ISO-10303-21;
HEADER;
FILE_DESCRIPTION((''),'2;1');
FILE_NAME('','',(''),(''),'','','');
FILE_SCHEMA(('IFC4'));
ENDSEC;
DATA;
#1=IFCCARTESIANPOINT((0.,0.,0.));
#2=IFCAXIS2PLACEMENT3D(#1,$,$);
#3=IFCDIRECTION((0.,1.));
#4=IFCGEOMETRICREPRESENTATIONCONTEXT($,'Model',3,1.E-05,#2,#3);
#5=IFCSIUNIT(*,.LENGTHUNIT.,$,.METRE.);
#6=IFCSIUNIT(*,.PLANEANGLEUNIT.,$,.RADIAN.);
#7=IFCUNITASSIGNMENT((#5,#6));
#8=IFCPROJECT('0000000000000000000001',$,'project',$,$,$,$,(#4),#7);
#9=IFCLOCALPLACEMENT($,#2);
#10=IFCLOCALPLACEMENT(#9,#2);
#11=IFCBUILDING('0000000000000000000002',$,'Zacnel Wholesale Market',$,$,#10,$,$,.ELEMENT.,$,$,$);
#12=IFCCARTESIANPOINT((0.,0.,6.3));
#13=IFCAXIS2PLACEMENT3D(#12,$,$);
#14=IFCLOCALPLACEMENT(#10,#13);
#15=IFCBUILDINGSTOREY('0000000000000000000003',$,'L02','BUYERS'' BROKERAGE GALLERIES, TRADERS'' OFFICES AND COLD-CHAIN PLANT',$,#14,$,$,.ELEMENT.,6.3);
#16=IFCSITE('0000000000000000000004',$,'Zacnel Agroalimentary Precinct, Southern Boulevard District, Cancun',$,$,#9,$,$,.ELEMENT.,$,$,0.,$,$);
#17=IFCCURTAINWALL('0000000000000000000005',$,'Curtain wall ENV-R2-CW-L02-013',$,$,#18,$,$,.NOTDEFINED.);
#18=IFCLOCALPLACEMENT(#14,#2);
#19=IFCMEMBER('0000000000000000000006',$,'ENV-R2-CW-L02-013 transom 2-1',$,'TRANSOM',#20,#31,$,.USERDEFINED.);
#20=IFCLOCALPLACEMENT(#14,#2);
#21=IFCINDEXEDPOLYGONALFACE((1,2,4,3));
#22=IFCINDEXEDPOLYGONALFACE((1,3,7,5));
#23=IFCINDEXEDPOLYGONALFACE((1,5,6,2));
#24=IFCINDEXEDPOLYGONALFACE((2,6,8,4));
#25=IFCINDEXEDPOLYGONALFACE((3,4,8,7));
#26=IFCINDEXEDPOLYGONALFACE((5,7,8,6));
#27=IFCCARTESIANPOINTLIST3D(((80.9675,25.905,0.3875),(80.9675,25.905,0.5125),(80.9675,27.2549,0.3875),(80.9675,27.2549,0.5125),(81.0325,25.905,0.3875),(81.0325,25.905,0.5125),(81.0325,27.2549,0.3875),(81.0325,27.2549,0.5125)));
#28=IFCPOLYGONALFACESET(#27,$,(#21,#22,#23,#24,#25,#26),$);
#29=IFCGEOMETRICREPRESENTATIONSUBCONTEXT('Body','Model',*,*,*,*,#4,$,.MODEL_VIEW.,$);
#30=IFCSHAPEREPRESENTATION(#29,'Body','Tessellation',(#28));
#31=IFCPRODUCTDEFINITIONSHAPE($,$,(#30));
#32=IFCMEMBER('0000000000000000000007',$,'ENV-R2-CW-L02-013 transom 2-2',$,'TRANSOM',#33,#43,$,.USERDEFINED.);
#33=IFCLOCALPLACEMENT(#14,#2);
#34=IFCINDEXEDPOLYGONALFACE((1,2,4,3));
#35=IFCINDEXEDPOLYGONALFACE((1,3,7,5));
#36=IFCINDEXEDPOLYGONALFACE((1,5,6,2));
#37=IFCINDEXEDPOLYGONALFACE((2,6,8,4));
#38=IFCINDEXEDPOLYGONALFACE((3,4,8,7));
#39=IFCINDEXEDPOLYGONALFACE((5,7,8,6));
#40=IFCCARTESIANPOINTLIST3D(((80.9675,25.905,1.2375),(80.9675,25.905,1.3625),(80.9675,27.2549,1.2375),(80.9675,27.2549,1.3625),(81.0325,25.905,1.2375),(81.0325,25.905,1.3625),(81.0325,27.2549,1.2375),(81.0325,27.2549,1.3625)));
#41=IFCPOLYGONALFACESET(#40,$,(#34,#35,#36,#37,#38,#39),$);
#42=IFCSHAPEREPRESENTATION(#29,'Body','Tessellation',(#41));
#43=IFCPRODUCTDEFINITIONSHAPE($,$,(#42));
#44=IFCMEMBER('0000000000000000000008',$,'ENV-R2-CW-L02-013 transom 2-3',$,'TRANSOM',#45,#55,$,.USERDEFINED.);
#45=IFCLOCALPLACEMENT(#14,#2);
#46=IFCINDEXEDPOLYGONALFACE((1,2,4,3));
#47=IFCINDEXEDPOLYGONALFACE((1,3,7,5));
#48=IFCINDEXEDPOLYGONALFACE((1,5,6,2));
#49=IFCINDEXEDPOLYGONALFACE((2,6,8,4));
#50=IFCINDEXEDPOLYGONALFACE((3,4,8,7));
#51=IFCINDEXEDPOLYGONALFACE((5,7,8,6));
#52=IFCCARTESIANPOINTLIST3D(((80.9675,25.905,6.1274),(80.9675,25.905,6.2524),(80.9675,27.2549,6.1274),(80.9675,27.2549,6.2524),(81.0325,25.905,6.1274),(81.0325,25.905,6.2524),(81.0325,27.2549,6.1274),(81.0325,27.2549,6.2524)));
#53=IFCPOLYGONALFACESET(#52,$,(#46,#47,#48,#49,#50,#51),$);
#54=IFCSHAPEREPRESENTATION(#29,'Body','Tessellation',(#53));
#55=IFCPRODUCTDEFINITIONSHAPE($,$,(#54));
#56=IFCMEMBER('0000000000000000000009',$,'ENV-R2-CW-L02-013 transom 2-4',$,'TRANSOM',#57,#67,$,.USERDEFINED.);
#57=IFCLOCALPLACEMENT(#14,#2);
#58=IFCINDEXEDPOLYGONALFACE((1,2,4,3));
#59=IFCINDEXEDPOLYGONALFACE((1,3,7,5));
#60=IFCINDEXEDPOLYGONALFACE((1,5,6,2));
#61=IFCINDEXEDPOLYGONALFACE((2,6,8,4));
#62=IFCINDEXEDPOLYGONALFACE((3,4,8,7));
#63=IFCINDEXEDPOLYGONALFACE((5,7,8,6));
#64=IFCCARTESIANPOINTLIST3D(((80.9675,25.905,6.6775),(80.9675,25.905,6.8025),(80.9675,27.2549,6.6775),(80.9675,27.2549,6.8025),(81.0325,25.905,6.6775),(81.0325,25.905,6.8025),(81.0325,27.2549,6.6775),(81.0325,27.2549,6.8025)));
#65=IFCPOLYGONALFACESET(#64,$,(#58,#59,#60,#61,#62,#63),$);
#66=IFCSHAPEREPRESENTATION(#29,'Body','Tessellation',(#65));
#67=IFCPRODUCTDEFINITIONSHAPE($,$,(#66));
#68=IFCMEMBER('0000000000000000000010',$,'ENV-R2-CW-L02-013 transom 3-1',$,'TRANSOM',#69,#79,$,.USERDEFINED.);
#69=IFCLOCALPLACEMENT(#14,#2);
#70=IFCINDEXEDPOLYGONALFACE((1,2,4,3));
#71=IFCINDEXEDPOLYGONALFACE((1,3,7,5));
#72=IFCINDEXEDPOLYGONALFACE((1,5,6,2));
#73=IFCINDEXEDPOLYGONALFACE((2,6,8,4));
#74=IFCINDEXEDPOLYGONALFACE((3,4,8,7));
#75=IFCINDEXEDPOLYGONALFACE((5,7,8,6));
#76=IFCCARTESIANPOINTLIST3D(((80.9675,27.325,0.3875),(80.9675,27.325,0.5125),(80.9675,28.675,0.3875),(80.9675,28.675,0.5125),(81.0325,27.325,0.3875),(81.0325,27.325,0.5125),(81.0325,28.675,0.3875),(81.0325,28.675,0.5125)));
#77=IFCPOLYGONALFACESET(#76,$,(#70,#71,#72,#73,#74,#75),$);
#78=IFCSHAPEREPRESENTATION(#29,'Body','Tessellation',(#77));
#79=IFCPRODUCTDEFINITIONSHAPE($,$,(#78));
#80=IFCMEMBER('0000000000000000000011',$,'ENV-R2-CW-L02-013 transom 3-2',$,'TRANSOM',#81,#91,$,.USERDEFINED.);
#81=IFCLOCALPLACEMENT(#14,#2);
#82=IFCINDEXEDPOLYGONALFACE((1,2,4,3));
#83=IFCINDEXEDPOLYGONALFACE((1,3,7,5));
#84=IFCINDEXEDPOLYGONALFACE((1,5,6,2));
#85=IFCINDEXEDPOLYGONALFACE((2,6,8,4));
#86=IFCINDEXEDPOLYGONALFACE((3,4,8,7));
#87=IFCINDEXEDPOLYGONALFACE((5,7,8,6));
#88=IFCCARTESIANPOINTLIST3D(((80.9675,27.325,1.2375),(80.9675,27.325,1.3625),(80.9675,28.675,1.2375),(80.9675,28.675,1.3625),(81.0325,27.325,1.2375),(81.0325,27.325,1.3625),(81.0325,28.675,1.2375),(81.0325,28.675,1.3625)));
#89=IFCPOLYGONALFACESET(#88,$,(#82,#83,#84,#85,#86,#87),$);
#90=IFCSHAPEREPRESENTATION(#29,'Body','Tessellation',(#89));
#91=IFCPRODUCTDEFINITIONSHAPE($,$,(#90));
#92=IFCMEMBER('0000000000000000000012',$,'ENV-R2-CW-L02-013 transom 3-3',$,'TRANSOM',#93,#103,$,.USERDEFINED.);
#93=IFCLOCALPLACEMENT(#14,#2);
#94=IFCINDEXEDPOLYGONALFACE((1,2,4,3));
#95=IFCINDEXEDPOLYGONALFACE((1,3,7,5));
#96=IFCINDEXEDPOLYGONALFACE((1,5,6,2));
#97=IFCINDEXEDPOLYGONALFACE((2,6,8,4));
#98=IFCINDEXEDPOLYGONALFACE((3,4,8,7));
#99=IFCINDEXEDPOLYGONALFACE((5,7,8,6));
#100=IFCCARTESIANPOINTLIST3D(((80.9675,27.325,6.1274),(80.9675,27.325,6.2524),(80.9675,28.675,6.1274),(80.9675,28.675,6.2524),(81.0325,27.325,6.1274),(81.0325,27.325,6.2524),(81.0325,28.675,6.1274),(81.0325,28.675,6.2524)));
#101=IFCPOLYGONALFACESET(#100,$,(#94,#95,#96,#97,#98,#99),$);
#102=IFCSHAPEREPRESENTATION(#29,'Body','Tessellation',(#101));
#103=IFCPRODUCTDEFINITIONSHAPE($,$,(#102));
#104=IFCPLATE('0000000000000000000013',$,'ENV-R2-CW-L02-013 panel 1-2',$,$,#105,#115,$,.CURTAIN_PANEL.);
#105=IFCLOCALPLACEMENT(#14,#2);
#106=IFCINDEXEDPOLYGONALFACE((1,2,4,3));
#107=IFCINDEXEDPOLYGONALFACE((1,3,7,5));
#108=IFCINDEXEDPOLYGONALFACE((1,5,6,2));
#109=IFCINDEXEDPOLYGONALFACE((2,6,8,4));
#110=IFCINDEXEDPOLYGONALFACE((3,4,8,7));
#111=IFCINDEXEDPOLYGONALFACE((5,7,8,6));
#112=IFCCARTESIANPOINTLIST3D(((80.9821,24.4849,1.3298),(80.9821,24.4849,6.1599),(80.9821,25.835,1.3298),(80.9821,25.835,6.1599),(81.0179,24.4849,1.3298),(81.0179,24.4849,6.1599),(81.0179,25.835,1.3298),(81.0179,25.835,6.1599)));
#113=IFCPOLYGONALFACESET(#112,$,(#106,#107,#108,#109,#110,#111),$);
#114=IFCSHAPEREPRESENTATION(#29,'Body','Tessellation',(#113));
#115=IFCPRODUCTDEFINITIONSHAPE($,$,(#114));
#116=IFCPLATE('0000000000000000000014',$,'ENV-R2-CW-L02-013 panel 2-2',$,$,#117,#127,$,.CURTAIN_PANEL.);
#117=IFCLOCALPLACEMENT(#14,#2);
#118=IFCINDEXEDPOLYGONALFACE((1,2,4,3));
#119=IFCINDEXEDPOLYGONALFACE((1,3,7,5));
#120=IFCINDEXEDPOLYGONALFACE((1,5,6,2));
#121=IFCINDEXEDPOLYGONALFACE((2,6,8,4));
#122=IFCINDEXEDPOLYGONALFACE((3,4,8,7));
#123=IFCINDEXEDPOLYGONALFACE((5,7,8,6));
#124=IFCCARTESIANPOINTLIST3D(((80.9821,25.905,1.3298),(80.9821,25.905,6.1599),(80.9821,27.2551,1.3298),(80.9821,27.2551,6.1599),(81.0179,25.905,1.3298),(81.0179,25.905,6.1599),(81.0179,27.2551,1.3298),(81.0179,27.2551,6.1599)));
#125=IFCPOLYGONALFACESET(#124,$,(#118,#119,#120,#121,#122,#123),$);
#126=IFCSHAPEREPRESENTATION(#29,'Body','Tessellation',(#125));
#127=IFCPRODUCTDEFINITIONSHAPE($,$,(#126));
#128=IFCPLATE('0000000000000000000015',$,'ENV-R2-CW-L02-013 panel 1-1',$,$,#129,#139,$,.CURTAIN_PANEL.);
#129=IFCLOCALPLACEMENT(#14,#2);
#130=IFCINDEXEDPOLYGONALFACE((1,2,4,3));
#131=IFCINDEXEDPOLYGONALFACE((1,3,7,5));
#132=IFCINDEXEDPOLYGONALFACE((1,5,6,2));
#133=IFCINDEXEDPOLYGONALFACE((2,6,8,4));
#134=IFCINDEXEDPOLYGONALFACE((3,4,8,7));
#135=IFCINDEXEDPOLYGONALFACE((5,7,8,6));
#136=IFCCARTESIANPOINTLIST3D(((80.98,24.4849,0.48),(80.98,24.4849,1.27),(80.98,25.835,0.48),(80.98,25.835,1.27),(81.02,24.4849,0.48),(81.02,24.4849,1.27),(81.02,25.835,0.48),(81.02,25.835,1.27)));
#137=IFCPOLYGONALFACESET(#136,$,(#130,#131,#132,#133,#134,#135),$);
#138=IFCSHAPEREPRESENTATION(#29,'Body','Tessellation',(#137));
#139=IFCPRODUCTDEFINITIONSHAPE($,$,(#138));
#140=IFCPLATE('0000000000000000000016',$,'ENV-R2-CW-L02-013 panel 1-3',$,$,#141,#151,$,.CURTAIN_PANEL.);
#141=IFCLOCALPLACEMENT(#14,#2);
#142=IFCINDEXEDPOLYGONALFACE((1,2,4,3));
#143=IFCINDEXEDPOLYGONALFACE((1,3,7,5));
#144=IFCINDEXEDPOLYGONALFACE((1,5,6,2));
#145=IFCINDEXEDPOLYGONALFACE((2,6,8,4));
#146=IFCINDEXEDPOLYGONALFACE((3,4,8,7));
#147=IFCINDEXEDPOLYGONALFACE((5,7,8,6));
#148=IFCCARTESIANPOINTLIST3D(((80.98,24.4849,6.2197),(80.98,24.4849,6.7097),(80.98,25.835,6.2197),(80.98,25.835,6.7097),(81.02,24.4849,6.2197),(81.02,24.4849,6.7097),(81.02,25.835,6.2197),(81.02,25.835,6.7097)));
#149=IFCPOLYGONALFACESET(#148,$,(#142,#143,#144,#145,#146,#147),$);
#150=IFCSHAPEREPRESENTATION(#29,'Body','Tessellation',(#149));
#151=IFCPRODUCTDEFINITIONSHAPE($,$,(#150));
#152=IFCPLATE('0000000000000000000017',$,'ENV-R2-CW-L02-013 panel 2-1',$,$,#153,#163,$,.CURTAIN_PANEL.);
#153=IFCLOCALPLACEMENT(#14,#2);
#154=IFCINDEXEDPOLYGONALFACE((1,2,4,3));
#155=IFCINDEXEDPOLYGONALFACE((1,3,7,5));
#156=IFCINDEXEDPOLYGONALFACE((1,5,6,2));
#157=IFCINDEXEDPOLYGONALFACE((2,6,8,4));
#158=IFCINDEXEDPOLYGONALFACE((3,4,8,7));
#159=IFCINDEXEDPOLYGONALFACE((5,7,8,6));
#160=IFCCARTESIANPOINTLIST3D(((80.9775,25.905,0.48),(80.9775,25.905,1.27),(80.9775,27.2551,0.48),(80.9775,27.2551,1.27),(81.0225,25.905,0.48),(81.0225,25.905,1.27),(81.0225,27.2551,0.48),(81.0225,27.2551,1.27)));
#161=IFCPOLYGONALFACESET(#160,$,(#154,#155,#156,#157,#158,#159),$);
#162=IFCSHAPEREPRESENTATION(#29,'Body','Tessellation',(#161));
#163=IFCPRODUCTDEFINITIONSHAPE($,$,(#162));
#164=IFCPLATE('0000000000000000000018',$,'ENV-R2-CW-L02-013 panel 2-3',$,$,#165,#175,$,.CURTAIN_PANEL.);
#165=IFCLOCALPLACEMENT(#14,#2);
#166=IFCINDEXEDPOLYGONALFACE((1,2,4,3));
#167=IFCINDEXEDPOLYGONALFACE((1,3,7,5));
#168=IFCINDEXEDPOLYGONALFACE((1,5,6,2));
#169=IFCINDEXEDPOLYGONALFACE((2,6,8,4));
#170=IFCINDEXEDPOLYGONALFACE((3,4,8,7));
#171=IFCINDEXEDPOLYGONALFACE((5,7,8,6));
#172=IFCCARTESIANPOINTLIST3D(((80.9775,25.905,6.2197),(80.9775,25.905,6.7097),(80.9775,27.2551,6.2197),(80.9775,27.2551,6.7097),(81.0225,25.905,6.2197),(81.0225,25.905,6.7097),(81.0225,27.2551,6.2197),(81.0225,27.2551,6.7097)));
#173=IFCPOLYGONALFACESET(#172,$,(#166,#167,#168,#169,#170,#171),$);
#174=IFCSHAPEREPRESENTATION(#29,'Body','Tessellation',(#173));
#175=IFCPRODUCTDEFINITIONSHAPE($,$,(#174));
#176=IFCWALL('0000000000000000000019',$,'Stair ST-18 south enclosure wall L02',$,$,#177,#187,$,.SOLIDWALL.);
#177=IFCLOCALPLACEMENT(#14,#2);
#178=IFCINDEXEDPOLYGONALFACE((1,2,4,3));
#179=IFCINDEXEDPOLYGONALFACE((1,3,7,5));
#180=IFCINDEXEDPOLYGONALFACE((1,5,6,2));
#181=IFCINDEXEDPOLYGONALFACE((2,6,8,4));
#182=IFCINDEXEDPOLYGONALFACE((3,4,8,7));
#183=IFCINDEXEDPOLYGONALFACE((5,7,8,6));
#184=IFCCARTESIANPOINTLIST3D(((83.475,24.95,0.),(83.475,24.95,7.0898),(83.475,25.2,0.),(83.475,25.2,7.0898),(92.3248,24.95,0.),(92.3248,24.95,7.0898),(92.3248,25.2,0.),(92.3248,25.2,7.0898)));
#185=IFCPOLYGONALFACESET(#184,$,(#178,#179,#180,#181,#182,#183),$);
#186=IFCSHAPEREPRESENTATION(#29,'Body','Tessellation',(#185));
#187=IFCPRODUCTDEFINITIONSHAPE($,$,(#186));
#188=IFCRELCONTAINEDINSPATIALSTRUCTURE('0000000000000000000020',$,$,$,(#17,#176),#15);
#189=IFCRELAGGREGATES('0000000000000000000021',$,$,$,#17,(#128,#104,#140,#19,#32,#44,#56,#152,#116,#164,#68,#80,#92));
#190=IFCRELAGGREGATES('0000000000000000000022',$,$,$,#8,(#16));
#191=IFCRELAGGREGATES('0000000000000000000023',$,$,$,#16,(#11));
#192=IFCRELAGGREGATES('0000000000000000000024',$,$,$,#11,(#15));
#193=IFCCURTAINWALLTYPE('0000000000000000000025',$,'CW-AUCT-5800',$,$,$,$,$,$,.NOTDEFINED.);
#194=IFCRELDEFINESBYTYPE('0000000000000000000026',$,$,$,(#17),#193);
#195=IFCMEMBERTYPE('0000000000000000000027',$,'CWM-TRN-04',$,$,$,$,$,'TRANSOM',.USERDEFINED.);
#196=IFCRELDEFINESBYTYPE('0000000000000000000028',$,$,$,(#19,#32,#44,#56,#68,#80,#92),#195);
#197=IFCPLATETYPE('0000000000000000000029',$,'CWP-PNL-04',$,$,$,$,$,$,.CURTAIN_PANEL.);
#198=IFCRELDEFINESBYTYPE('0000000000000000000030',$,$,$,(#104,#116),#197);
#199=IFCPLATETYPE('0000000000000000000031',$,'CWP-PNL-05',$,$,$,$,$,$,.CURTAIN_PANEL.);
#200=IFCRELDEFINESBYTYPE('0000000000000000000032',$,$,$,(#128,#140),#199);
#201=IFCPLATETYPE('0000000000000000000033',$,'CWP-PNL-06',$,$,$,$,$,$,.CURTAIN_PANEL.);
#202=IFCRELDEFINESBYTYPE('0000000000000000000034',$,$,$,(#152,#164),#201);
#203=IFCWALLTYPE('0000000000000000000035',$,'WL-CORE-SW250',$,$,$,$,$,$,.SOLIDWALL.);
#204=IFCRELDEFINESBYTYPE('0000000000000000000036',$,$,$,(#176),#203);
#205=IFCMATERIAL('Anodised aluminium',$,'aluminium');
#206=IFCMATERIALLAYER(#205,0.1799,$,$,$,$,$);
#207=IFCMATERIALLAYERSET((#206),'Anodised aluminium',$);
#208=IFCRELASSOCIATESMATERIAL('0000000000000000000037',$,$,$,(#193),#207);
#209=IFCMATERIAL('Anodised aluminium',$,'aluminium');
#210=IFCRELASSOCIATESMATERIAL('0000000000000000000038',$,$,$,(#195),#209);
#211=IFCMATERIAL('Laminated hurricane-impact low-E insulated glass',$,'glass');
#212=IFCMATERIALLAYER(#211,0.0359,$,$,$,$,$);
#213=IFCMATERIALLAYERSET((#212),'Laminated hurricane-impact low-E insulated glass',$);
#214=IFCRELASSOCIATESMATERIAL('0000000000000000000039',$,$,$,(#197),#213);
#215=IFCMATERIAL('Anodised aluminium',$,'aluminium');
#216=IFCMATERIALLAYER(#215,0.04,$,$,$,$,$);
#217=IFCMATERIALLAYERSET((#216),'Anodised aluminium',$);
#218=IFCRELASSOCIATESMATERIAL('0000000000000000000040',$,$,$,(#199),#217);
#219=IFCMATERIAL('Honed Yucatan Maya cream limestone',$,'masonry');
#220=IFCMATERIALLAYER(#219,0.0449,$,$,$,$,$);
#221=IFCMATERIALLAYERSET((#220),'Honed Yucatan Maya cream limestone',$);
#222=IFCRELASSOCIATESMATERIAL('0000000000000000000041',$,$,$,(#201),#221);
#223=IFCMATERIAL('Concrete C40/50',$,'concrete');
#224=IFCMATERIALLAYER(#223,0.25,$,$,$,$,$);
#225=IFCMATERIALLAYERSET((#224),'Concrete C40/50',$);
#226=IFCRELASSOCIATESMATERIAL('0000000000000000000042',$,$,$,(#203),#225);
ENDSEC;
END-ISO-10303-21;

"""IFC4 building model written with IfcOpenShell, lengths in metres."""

from ifc_helpers import new_model, si_unit, direction, frame, frame_2d, origin, origin_2d, place, context, subcontext, project, spatial, rectangle, extrude, material, layer, layer_set, material_profile, profile_set, type_object, element, aggregate, save


model = new_model("IFC4")

# Units and contexts
model_context = context("Model", 3, precision=1e-05, world=origin(), true_north=direction((0.0, 1.0)))
body_context = subcontext(model_context, "Body", "Model", "MODEL_VIEW")
ifc_project = project(units=[si_unit("LENGTHUNIT", "METRE"), si_unit("PLANEANGLEUNIT", "RADIAN")], contexts=[model_context])

# Site, building, storey
site_placement = place(None, origin())
site = spatial("IfcSite", under=ifc_project, at=site_placement, Name="Zacnel Agroalimentary Precinct, Southern Boulevard District, Cancun", CompositionType="ELEMENT", RefElevation=0.0)
building_placement = place(site_placement, origin())
building = spatial("IfcBuilding", under=site, at=building_placement, Name="Zacnel Wholesale Market", CompositionType="ELEMENT")
storey_placement = place(building_placement, frame((0.0, 0.0, 6.3)))
storey = spatial("IfcBuildingStorey", under=building, at=storey_placement, Name="L02", Description="BUYERS' BROKERAGE GALLERIES, TRADERS' OFFICES AND COLD-CHAIN PLANT", CompositionType="ELEMENT", Elevation=6.3)

# Curtain wall, members, plates
ifc_material_1 = material(Name="Anodised aluminium", Category="aluminium")
ifc_layer_1 = layer(ifc_material_1, 0.1799)
ifc_layer_set_1 = layer_set([ifc_layer_1], Name="Anodised aluminium")
curtain_wall_type = type_object("IfcCurtainWallType", Name="CW-AUCT-5800", PredefinedType="NOTDEFINED", material=ifc_layer_set_1)
curtain_wall_placement = place(storey_placement, origin())
curtain_wall = element("IfcCurtainWall", 1, at=curtain_wall_placement, inside=storey, type_object=curtain_wall_type, Name="Curtain wall ENV-R2-CW-L02-013", PredefinedType="NOTDEFINED")
ifc_material_2 = material(Name="Anodised aluminium", Category="aluminium")
ifc_material_profile_1 = material_profile(ifc_material_2, rectangle(XDim=0.0649, YDim=0.125, at=origin_2d()), Name="AW-TRANSOM 65x125")
ifc_profile_set_1 = profile_set([ifc_material_profile_1], Name="Anodised aluminium")
member_type_1 = type_object("IfcMemberType", Name="CWM-TRN-04", ElementType="TRANSOM", PredefinedType="USERDEFINED", material=ifc_profile_set_1)
member_1_placement = place(storey_placement, frame((81.0, 25.905, 0.45), z_axis=(0.0, 1.0, 0.0), x_axis=(-1.0, 0.0, 0.0)))
member_1 = element("IfcMember", 2, at=member_1_placement, type_object=member_type_1, Name="ENV-R2-CW-L02-013 transom 2-1", ObjectType="TRANSOM", PredefinedType="USERDEFINED", context=body_context, shape_type="SweptSolid", body=[
    extrude(rectangle(XDim=0.0649, YDim=0.125, at=origin_2d()), origin(), (0.0, 0.0, 1.0), 1.3499),
])
member_2_placement = place(storey_placement, frame((81.0, 25.905, 1.3), z_axis=(0.0, 1.0, 0.0), x_axis=(-1.0, 0.0, 0.0)))
member_2 = element("IfcMember", 3, at=member_2_placement, type_object=member_type_1, Name="ENV-R2-CW-L02-013 transom 2-2", ObjectType="TRANSOM", PredefinedType="USERDEFINED", context=body_context, shape_type="SweptSolid", body=[
    extrude(rectangle(XDim=0.0649, YDim=0.125, at=origin_2d()), origin(), (0.0, 0.0, 1.0), 1.3499),
])
member_3_placement = place(storey_placement, frame((81.0, 25.905, 6.1899), z_axis=(0.0, 1.0, 0.0), x_axis=(-1.0, 0.0, 0.0)))
member_3 = element("IfcMember", 4, at=member_3_placement, type_object=member_type_1, Name="ENV-R2-CW-L02-013 transom 2-3", ObjectType="TRANSOM", PredefinedType="USERDEFINED", context=body_context, shape_type="SweptSolid", body=[
    extrude(rectangle(XDim=0.0649, YDim=0.125, at=origin_2d()), origin(), (0.0, 0.0, 1.0), 1.3499),
])
member_4_placement = place(storey_placement, frame((81.0, 25.905, 6.74), z_axis=(0.0, 1.0, 0.0), x_axis=(-1.0, 0.0, 0.0)))
member_4 = element("IfcMember", 5, at=member_4_placement, type_object=member_type_1, Name="ENV-R2-CW-L02-013 transom 2-4", ObjectType="TRANSOM", PredefinedType="USERDEFINED", context=body_context, shape_type="SweptSolid", body=[
    extrude(rectangle(XDim=0.0649, YDim=0.125, at=origin_2d()), origin(), (0.0, 0.0, 1.0), 1.3499),
])
member_5_placement = place(storey_placement, frame((81.0, 27.325, 0.45), z_axis=(0.0, 1.0, 0.0), x_axis=(-1.0, 0.0, 0.0)))
member_5 = element("IfcMember", 6, at=member_5_placement, type_object=member_type_1, Name="ENV-R2-CW-L02-013 transom 3-1", ObjectType="TRANSOM", PredefinedType="USERDEFINED", context=body_context, shape_type="SweptSolid", body=[
    extrude(rectangle(XDim=0.0649, YDim=0.125, at=origin_2d()), origin(), (0.0, 0.0, 1.0), 1.3501),
])
member_6_placement = place(storey_placement, frame((81.0, 27.325, 1.3), z_axis=(0.0, 1.0, 0.0), x_axis=(-1.0, 0.0, 0.0)))
member_6 = element("IfcMember", 7, at=member_6_placement, type_object=member_type_1, Name="ENV-R2-CW-L02-013 transom 3-2", ObjectType="TRANSOM", PredefinedType="USERDEFINED", context=body_context, shape_type="SweptSolid", body=[
    extrude(rectangle(XDim=0.0649, YDim=0.125, at=origin_2d()), origin(), (0.0, 0.0, 1.0), 1.3501),
])
member_7_placement = place(storey_placement, frame((81.0, 27.325, 6.1899), z_axis=(0.0, 1.0, 0.0), x_axis=(-1.0, 0.0, 0.0)))
member_7 = element("IfcMember", 8, at=member_7_placement, type_object=member_type_1, Name="ENV-R2-CW-L02-013 transom 3-3", ObjectType="TRANSOM", PredefinedType="USERDEFINED", context=body_context, shape_type="SweptSolid", body=[
    extrude(rectangle(XDim=0.0649, YDim=0.125, at=origin_2d()), origin(), (0.0, 0.0, 1.0), 1.3501),
])
ifc_material_3 = material(Name="Laminated hurricane-impact low-E insulated glass", Category="glass")
ifc_layer_2 = layer(ifc_material_3, 0.0359)
ifc_layer_set_2 = layer_set([ifc_layer_2], Name="Laminated hurricane-impact low-E insulated glass")
plate_type_1 = type_object("IfcPlateType", Name="CWP-PNL-04", PredefinedType="CURTAIN_PANEL", material=ifc_layer_set_2)
plate_1_placement = place(storey_placement, frame((81.0, 25.1599, 1.3298), z_axis=(0.0, 0.0, 1.0), x_axis=(0.0, 1.0, 0.0)))
plate_1 = element("IfcPlate", 9, at=plate_1_placement, type_object=plate_type_1, Name="ENV-R2-CW-L02-013 panel 1-2", PredefinedType="CURTAIN_PANEL", context=body_context, shape_type="SweptSolid", body=[
    extrude(rectangle(XDim=1.3501, YDim=0.0359, at=origin_2d()), origin(), (0.0, 0.0, 1.0), 4.8301),
])
plate_2_placement = place(storey_placement, frame((81.0, 26.5801, 1.3298), z_axis=(0.0, 0.0, 1.0), x_axis=(0.0, 1.0, 0.0)))
plate_2 = element("IfcPlate", 10, at=plate_2_placement, type_object=plate_type_1, Name="ENV-R2-CW-L02-013 panel 2-2", PredefinedType="CURTAIN_PANEL", context=body_context, shape_type="SweptSolid", body=[
    extrude(rectangle(XDim=1.3501, YDim=0.0359, at=origin_2d()), origin(), (0.0, 0.0, 1.0), 4.8301),
])
ifc_material_4 = material(Name="Anodised aluminium", Category="aluminium")
ifc_layer_3 = layer(ifc_material_4, 0.04)
ifc_layer_set_3 = layer_set([ifc_layer_3], Name="Anodised aluminium")
plate_type_2 = type_object("IfcPlateType", Name="CWP-PNL-05", PredefinedType="CURTAIN_PANEL", material=ifc_layer_set_3)
plate_3_placement = place(storey_placement, frame((81.0, 25.1599, 0.48), z_axis=(0.0, 0.0, 1.0), x_axis=(0.0, 1.0, 0.0)))
plate_3 = element("IfcPlate", 11, at=plate_3_placement, type_object=plate_type_2, Name="ENV-R2-CW-L02-013 panel 1-1", PredefinedType="CURTAIN_PANEL", context=body_context, shape_type="SweptSolid", body=[
    extrude(rectangle(XDim=1.3501, YDim=0.04, at=origin_2d()), origin(), (0.0, 0.0, 1.0), 0.79),
])
plate_4_placement = place(storey_placement, frame((81.0, 25.1599, 6.2197), z_axis=(0.0, 0.0, 1.0), x_axis=(0.0, 1.0, 0.0)))
plate_4 = element("IfcPlate", 12, at=plate_4_placement, type_object=plate_type_2, Name="ENV-R2-CW-L02-013 panel 1-3", PredefinedType="CURTAIN_PANEL", context=body_context, shape_type="SweptSolid", body=[
    extrude(rectangle(XDim=1.3501, YDim=0.04, at=origin_2d()), origin(), (0.0, 0.0, 1.0), 0.49),
])
ifc_material_5 = material(Name="Honed Yucatan Maya cream limestone", Category="masonry")
ifc_layer_4 = layer(ifc_material_5, 0.0449)
ifc_layer_set_4 = layer_set([ifc_layer_4], Name="Honed Yucatan Maya cream limestone")
plate_type_3 = type_object("IfcPlateType", Name="CWP-PNL-06", PredefinedType="CURTAIN_PANEL", material=ifc_layer_set_4)
plate_5_placement = place(storey_placement, frame((81.0, 26.5801, 0.48), z_axis=(0.0, 0.0, 1.0), x_axis=(0.0, 1.0, 0.0)))
plate_5 = element("IfcPlate", 13, at=plate_5_placement, type_object=plate_type_3, Name="ENV-R2-CW-L02-013 panel 2-1", PredefinedType="CURTAIN_PANEL", context=body_context, shape_type="SweptSolid", body=[
    extrude(rectangle(XDim=1.3501, YDim=0.0449, at=origin_2d()), origin(), (0.0, 0.0, 1.0), 0.79),
])
plate_6_placement = place(storey_placement, frame((81.0, 26.5801, 6.2197), z_axis=(0.0, 0.0, 1.0), x_axis=(0.0, 1.0, 0.0)))
plate_6 = element("IfcPlate", 14, at=plate_6_placement, type_object=plate_type_3, Name="ENV-R2-CW-L02-013 panel 2-3", PredefinedType="CURTAIN_PANEL", context=body_context, shape_type="SweptSolid", body=[
    extrude(rectangle(XDim=1.3501, YDim=0.0449, at=origin_2d()), origin(), (0.0, 0.0, 1.0), 0.49),
])
aggregate(curtain_wall, [plate_3, plate_1, plate_4, member_1, member_2, member_3, member_4, plate_5, plate_2, plate_6, member_5, member_6, member_7])

# Wall
ifc_material_6 = material(Name="Concrete C40/50", Category="concrete")
ifc_layer_5 = layer(ifc_material_6, 0.25)
ifc_layer_set_5 = layer_set([ifc_layer_5], Name="Concrete C40/50")
wall_type = type_object("IfcWallType", Name="WL-CORE-SW250", PredefinedType="SOLIDWALL", material=ifc_layer_set_5)
wall_1_placement = place(storey_placement, frame((83.4751, 25.075, 0.0), z_axis=(0.0, 0.0, 1.0), x_axis=(1.0, 0.0, 0.0)))
element("IfcWall", 15, at=wall_1_placement, inside=storey, type_object=wall_type, Name="Stair ST-18 south enclosure wall L02", PredefinedType="SOLIDWALL", context=body_context, shape_type="SweptSolid", body=[
    extrude(rectangle(XDim=8.8499, YDim=0.25, at=frame_2d((4.4248, 0.0))), origin(), (0.0, 0.0, 1.0), 7.0898),
])

save(model, "model.ifc")
